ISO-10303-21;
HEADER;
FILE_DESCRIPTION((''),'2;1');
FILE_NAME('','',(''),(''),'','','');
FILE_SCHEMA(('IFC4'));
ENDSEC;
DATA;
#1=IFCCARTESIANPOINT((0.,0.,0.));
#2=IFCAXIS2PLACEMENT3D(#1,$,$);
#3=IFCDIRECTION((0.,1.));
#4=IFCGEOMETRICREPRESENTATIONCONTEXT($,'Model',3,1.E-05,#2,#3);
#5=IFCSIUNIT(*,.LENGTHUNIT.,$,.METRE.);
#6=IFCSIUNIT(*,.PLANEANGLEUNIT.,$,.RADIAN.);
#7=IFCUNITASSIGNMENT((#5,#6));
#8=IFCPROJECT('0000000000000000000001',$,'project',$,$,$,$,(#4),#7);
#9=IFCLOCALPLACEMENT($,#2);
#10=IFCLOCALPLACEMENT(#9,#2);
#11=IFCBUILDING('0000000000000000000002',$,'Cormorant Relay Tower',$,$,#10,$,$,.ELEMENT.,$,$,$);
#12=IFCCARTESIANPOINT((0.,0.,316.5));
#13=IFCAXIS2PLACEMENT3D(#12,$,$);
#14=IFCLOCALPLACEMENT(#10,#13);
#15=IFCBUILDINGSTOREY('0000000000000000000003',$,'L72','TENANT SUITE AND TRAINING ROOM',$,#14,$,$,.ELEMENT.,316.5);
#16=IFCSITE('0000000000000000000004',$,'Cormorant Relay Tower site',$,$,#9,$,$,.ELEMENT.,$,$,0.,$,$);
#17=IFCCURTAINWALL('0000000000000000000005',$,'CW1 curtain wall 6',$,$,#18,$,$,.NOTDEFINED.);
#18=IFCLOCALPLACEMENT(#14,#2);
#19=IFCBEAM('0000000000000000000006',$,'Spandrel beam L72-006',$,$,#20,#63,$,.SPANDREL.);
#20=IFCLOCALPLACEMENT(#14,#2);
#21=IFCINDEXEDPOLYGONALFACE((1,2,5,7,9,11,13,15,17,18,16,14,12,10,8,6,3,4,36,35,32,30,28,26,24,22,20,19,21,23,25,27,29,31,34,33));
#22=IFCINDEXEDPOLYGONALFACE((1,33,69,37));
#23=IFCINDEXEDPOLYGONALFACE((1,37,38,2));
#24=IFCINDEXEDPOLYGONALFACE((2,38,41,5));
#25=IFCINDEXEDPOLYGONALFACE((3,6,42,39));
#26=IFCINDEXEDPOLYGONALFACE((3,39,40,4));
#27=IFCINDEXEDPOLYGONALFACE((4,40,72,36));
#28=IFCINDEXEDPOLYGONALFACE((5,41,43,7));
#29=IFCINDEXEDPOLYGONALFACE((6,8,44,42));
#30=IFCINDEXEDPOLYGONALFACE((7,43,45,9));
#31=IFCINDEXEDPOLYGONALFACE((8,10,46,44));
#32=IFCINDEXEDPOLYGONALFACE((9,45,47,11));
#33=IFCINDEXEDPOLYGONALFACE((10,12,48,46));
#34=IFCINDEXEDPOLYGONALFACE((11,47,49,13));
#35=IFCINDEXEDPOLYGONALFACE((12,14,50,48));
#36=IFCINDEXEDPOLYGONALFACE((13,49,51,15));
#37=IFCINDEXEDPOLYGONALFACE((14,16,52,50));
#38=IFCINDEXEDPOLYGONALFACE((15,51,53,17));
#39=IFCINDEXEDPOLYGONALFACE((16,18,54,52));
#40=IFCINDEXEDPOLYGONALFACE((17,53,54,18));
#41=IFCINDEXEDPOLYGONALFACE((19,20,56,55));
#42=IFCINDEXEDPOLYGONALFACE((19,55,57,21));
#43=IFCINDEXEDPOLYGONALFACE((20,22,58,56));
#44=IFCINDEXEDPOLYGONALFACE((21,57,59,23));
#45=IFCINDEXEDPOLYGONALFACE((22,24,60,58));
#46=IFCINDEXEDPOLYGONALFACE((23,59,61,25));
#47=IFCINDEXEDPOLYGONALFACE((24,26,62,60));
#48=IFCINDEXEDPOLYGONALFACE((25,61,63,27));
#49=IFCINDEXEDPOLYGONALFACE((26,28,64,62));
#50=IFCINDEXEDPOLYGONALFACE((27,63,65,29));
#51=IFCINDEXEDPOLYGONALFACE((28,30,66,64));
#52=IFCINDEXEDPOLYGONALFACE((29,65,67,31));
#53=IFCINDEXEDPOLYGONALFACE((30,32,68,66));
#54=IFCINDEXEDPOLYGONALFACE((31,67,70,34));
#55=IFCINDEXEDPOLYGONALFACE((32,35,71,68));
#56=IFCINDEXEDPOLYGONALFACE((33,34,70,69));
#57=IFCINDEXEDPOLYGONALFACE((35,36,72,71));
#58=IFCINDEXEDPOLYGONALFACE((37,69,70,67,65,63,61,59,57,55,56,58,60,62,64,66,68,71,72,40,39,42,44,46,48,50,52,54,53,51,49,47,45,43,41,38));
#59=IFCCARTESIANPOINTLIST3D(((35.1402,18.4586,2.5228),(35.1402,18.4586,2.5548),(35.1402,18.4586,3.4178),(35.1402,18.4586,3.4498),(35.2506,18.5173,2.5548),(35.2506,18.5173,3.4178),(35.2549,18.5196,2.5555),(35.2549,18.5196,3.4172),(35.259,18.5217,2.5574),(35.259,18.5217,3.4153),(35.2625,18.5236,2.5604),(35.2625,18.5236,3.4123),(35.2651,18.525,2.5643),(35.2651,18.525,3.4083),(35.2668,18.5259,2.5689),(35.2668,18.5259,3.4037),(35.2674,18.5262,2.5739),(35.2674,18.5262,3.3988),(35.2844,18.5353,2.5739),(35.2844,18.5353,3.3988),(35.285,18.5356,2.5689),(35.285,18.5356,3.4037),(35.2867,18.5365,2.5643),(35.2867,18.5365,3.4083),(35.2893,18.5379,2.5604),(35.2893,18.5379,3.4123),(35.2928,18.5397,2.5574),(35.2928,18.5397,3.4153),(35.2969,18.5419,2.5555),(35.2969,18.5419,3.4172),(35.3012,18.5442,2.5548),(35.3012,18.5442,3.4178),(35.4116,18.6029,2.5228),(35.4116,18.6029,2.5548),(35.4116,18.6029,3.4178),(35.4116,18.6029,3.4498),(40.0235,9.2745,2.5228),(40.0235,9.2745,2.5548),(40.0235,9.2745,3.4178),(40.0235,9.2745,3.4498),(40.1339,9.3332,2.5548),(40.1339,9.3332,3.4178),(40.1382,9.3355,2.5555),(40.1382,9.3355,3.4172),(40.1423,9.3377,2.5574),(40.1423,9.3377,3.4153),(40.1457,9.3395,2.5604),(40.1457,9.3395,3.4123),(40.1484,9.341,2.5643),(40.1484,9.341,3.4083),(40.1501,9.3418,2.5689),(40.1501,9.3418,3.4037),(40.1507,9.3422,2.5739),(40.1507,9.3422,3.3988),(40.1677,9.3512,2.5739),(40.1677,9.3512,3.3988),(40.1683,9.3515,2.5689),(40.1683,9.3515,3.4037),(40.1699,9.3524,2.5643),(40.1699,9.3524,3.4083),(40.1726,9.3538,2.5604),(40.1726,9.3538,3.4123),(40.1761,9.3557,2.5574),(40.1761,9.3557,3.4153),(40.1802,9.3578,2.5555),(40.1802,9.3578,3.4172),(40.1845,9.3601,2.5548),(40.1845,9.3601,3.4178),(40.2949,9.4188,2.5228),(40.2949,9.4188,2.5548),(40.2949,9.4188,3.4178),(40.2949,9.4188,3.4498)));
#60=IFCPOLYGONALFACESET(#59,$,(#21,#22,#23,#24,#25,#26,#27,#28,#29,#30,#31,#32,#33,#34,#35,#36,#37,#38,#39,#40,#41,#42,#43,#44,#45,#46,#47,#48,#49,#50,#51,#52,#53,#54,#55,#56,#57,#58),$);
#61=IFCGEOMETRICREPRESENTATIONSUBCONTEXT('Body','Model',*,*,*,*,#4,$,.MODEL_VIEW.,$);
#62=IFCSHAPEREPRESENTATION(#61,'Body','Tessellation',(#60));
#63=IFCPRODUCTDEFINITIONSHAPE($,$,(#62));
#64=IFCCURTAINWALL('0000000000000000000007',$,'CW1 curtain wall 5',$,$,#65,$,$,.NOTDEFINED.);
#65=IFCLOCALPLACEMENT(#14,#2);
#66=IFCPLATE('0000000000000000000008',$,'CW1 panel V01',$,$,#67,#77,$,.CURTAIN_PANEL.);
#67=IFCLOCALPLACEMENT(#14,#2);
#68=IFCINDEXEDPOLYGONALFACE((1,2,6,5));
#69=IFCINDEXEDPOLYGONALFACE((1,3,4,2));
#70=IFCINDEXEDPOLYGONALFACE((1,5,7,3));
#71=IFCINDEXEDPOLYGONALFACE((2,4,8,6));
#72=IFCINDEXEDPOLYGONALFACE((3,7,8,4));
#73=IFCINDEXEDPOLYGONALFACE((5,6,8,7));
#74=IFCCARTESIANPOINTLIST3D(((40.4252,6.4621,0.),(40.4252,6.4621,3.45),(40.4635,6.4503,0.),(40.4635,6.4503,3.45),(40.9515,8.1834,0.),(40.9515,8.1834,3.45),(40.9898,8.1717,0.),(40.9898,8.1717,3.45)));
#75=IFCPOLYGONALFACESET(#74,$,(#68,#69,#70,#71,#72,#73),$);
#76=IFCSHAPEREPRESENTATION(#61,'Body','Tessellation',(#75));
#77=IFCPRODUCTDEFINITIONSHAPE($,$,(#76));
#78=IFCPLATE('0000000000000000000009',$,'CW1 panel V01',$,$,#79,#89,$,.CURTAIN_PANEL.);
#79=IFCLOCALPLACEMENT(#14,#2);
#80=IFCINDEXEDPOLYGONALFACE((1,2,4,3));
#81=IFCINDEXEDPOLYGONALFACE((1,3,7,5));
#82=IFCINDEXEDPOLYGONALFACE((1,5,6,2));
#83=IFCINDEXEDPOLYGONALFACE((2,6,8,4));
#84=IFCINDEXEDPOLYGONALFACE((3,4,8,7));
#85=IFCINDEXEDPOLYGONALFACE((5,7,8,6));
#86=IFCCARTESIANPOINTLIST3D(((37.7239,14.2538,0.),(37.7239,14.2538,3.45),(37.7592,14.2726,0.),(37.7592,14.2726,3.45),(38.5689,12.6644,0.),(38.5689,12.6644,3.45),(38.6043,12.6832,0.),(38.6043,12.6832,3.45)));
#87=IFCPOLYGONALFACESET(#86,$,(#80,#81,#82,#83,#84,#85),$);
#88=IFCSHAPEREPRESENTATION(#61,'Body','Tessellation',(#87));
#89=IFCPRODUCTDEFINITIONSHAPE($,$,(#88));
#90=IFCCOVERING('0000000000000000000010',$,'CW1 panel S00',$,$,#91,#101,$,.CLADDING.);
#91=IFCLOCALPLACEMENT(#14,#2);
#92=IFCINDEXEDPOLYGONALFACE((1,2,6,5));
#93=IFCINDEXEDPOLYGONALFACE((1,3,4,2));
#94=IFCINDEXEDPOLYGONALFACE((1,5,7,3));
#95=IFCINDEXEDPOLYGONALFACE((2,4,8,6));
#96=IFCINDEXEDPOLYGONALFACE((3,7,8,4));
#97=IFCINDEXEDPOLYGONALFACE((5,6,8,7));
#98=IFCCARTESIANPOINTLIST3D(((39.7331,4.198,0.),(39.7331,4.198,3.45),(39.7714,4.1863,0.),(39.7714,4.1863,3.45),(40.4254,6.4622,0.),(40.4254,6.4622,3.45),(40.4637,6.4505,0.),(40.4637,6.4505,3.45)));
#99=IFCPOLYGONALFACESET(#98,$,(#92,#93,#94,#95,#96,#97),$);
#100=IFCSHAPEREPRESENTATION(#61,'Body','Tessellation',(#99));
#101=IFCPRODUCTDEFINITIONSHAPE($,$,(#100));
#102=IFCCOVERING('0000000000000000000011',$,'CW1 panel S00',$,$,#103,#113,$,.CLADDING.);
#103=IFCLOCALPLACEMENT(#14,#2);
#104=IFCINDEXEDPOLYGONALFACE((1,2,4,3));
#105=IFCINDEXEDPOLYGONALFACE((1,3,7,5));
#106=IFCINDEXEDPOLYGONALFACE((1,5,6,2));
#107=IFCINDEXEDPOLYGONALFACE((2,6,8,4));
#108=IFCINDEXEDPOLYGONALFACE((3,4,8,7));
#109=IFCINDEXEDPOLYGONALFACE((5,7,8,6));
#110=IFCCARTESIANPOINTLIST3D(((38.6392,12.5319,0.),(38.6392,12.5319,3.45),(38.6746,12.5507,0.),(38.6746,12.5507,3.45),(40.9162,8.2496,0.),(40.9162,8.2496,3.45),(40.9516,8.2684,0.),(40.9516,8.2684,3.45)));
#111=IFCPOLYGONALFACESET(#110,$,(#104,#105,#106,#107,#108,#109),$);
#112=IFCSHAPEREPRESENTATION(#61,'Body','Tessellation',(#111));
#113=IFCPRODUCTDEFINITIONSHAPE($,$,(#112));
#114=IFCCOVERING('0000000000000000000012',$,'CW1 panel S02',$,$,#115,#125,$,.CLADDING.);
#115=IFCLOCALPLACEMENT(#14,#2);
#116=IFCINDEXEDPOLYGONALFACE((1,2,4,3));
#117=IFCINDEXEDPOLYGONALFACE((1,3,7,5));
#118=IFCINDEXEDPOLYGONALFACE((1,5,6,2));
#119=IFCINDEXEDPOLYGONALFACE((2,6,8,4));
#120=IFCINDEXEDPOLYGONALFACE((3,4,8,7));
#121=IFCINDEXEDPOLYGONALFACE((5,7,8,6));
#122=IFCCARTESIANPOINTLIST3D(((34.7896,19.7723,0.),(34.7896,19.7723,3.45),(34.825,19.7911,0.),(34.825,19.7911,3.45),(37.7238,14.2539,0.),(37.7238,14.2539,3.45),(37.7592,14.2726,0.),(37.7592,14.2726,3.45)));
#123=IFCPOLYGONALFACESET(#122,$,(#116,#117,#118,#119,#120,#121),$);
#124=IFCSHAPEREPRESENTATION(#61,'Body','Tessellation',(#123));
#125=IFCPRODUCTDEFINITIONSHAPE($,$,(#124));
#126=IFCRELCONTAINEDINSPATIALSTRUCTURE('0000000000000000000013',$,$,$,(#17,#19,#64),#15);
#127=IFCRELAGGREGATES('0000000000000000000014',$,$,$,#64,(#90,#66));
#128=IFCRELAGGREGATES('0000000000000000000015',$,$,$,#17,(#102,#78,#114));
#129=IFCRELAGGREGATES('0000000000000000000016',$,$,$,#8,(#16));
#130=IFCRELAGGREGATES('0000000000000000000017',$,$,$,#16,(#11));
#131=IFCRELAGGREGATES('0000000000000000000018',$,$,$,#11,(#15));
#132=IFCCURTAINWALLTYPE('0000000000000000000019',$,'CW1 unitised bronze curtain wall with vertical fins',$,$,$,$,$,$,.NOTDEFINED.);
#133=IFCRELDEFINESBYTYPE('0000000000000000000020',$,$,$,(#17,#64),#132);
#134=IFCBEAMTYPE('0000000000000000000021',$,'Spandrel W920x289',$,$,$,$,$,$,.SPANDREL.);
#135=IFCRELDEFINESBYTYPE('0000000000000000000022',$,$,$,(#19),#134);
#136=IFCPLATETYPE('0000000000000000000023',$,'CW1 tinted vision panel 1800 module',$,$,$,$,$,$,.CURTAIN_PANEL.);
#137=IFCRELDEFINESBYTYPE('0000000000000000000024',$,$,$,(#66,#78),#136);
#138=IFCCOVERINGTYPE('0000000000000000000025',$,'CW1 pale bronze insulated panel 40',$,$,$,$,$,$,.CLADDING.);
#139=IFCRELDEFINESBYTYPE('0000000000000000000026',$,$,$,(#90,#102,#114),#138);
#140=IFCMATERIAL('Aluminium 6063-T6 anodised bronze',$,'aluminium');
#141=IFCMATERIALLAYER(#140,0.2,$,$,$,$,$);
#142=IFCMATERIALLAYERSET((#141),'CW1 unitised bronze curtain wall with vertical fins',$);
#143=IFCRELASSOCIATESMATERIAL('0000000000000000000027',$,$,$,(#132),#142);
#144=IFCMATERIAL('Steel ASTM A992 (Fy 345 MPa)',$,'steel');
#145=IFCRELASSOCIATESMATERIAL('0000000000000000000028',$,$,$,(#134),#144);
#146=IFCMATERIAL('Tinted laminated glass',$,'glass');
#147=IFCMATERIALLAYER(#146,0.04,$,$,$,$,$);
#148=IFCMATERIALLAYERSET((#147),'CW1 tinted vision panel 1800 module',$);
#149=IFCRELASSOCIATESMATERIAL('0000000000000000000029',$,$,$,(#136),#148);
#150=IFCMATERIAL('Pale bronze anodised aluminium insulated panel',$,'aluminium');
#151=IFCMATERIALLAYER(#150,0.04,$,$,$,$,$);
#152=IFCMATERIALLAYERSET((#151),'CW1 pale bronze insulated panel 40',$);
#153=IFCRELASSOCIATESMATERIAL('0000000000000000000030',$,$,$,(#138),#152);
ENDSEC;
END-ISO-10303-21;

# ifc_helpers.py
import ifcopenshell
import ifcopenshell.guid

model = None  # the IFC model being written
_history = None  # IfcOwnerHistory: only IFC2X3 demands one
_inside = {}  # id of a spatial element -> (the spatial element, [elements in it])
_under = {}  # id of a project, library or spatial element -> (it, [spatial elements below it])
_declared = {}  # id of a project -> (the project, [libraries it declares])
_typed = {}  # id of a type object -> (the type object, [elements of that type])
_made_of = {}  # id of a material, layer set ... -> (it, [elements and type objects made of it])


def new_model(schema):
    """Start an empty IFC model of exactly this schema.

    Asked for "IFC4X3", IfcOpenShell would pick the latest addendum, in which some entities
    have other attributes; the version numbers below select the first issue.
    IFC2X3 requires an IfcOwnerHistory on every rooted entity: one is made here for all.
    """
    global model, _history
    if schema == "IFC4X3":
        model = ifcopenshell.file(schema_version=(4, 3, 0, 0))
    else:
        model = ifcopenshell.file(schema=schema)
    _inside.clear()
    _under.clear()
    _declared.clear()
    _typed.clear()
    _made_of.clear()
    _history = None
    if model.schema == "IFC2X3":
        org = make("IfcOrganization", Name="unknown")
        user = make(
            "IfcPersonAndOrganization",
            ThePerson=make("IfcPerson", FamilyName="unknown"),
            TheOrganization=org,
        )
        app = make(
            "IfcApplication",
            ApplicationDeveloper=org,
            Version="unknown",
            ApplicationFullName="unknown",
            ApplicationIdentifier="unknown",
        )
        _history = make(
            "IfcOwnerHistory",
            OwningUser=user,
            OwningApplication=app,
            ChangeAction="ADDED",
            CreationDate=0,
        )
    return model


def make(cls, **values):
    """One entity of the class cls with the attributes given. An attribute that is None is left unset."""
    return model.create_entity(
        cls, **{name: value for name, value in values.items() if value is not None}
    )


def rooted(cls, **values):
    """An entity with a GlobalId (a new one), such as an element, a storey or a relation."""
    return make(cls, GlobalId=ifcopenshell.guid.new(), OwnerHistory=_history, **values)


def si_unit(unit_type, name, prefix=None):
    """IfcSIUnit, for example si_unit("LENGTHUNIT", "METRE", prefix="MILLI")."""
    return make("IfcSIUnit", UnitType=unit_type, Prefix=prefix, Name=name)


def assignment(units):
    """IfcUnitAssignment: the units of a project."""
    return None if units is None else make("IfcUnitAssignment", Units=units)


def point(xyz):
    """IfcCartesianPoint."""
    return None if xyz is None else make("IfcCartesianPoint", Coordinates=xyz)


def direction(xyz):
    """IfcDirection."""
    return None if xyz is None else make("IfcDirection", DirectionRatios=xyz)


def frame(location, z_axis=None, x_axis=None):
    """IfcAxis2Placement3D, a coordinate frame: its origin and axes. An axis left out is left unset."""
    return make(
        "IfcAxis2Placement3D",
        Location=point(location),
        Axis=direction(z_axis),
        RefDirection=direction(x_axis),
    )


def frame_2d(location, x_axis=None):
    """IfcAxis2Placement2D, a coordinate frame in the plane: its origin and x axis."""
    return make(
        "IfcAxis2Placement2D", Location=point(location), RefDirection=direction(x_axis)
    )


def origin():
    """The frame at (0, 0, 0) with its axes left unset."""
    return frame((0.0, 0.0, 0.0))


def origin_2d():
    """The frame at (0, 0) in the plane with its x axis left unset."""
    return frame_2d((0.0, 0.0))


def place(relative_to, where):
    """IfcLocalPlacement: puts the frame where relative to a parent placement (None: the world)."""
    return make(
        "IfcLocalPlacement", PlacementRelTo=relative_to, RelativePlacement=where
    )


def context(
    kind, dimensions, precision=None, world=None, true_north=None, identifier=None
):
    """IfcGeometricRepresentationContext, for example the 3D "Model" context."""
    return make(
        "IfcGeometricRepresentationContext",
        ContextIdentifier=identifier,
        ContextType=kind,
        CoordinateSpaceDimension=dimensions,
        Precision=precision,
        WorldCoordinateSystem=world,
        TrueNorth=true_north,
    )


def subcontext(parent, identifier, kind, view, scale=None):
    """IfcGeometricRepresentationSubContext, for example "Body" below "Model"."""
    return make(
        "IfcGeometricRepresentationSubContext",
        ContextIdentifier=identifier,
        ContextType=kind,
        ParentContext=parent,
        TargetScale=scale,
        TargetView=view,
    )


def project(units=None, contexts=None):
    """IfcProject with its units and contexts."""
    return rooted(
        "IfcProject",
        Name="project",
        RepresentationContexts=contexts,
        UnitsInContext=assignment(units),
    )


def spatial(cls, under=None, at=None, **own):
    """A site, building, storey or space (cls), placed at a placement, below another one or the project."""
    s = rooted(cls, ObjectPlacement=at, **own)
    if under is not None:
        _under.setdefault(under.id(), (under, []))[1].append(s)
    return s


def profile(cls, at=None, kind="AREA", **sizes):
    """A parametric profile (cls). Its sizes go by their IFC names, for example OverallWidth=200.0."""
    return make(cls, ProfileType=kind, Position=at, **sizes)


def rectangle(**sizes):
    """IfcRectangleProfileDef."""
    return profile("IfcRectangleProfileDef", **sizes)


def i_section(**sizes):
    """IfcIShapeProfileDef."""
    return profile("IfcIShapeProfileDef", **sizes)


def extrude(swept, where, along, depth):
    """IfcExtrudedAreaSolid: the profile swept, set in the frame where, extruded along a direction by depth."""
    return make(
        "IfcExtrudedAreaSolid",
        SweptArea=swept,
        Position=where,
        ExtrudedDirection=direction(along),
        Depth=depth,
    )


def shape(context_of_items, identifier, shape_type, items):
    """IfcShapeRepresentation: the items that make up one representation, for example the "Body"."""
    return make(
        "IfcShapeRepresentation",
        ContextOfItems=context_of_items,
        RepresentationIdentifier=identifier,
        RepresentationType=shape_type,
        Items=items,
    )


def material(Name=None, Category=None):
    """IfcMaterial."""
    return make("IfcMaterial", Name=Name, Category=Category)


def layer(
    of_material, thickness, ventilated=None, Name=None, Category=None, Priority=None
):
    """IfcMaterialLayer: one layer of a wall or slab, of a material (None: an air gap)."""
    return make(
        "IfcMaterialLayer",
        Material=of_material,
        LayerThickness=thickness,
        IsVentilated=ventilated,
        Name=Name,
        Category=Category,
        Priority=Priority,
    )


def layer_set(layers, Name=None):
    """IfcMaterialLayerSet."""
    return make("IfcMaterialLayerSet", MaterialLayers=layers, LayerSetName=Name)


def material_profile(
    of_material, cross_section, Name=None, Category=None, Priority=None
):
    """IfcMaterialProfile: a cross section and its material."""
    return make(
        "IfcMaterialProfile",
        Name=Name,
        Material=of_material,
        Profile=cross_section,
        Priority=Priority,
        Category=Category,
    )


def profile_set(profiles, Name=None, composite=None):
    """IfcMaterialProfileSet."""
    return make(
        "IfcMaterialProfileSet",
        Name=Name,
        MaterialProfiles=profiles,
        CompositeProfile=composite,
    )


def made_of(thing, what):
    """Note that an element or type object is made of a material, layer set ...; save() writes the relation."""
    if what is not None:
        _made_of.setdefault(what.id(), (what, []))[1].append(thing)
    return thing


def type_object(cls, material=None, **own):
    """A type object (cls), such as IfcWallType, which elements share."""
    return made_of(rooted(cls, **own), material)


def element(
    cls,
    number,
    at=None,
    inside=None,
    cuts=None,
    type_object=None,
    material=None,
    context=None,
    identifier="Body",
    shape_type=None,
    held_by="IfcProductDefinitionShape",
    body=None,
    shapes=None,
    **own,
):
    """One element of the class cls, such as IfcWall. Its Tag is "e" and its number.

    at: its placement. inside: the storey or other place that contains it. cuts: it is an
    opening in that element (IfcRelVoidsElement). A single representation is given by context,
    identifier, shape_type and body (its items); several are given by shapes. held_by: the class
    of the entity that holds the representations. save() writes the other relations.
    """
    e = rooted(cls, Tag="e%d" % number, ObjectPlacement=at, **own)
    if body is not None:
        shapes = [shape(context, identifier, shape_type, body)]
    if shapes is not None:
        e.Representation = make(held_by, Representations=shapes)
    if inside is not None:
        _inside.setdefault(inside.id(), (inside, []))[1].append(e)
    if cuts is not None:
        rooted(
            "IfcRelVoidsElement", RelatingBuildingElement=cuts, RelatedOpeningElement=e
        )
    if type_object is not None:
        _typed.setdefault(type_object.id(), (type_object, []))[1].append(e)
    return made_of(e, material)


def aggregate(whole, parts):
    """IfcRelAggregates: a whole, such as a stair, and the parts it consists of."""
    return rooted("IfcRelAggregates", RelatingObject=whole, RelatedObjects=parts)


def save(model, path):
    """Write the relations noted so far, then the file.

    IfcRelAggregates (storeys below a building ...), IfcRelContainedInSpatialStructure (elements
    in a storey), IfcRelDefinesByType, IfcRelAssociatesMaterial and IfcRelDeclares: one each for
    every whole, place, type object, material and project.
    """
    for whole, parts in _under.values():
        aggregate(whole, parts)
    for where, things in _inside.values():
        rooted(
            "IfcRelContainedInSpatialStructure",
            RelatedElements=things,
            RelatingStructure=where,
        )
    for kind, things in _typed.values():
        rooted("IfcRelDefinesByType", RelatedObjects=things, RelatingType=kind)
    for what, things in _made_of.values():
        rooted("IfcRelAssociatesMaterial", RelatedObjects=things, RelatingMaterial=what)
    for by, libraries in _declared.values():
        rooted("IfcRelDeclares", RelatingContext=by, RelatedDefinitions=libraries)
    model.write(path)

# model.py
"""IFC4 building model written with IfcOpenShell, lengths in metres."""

from ifc_helpers import new_model, si_unit, direction, frame, origin, origin_2d, place, context, subcontext, project, spatial, rectangle, i_section, extrude, material, layer, layer_set, material_profile, profile_set, type_object, element, aggregate, save


model = new_model("IFC4")

# Units and contexts
model_context = context("Model", 3, precision=1e-05, world=origin(), true_north=direction((0.0, 1.0)))
body_context = subcontext(model_context, "Body", "Model", "MODEL_VIEW")
ifc_project = project(units=[si_unit("LENGTHUNIT", "METRE"), si_unit("PLANEANGLEUNIT", "RADIAN")], contexts=[model_context])

# Site, building, storey
site_placement = place(None, origin())
site = spatial("IfcSite", under=ifc_project, at=site_placement, Name="Cormorant Relay Tower site", CompositionType="ELEMENT", RefElevation=0.0)
building_placement = place(site_placement, origin())
building = spatial("IfcBuilding", under=site, at=building_placement, Name="Cormorant Relay Tower", CompositionType="ELEMENT")
storey_placement = place(building_placement, frame((0.0, 0.0, 316.5)))
storey = spatial("IfcBuildingStorey", under=building, at=storey_placement, Name="L72", Description="TENANT SUITE AND TRAINING ROOM", CompositionType="ELEMENT", Elevation=316.5)

# Curtain wall
ifc_material_1 = material(Name="Aluminium 6063-T6 anodised bronze", Category="aluminium")
ifc_layer_1 = layer(ifc_material_1, 0.2)
ifc_layer_set_1 = layer_set([ifc_layer_1], Name="CW1 unitised bronze curtain wall with vertical fins")
curtain_wall_type = type_object("IfcCurtainWallType", Name="CW1 unitised bronze curtain wall with vertical fins", PredefinedType="NOTDEFINED", material=ifc_layer_set_1)
curtain_wall_1_placement = place(storey_placement, origin())
curtain_wall_1 = element("IfcCurtainWall", 1, at=curtain_wall_1_placement, inside=storey, type_object=curtain_wall_type, Name="CW1 curtain wall 6", PredefinedType="NOTDEFINED")

# Beam
ifc_material_2 = material(Name="Steel ASTM A992 (Fy 345 MPa)", Category="steel")
ifc_material_profile_1 = material_profile(ifc_material_2, i_section(OverallWidth=0.3074, OverallDepth=0.927, WebThickness=0.0193, FlangeThickness=0.032, FilletRadius=0.019, at=origin_2d()), Name="W920x289")
ifc_profile_set_1 = profile_set([ifc_material_profile_1], Name="Steel ASTM A992 (Fy 345 MPa)")
beam_type = type_object("IfcBeamType", Name="Spandrel W920x289", PredefinedType="SPANDREL", material=ifc_profile_set_1)
beam_placement = place(storey_placement, frame((40.1592, 9.3467, 2.9863), z_axis=(-0.469474, 0.882946, 0.0), x_axis=(-0.882946, -0.469474, 0.0)))
element("IfcBeam", 2, at=beam_placement, inside=storey, type_object=beam_type, Name="Spandrel beam L72-006", PredefinedType="SPANDREL", context=body_context, shape_type="SweptSolid", body=[
    extrude(i_section(OverallWidth=0.3074, OverallDepth=0.927, WebThickness=0.0193, FlangeThickness=0.032, FilletRadius=0.019, at=origin_2d()), origin(), (0.0, 0.0, 1.0), 10.4016),
])

# Curtain wall, plate
curtain_wall_2_placement = place(storey_placement, origin())
curtain_wall_2 = element("IfcCurtainWall", 3, at=curtain_wall_2_placement, inside=storey, type_object=curtain_wall_type, Name="CW1 curtain wall 5", PredefinedType="NOTDEFINED")
ifc_material_3 = material(Name="Tinted laminated glass", Category="glass")
ifc_layer_2 = layer(ifc_material_3, 0.04)
ifc_layer_set_2 = layer_set([ifc_layer_2], Name="CW1 tinted vision panel 1800 module")
plate_type = type_object("IfcPlateType", Name="CW1 tinted vision panel 1800 module", PredefinedType="CURTAIN_PANEL", material=ifc_layer_set_2)
plate_1_placement = place(storey_placement, frame((40.7075, 7.3169, 0.0), z_axis=(0.0, 0.0, 1.0), x_axis=(0.292372, 0.956305, 0.0)))
plate_1 = element("IfcPlate", 4, at=plate_1_placement, type_object=plate_type, Name="CW1 panel V01", PredefinedType="CURTAIN_PANEL", context=body_context, shape_type="SweptSolid", body=[
    extrude(rectangle(XDim=1.8, YDim=0.04, at=origin_2d()), origin(), (0.0, 0.0, 1.0), 3.45),
])

# Plate
plate_2_placement = place(storey_placement, frame((38.1641, 13.4685, 0.0), z_axis=(0.0, 0.0, 1.0), x_axis=(-0.469472, 0.882948, 0.0)))
plate_2 = element("IfcPlate", 5, at=plate_2_placement, type_object=plate_type, Name="CW1 panel V01", PredefinedType="CURTAIN_PANEL", context=body_context, shape_type="SweptSolid", body=[
    extrude(rectangle(XDim=1.8, YDim=0.04, at=origin_2d()), origin(), (0.0, 0.0, 1.0), 3.45),
])

# Coverings
ifc_material_4 = material(Name="Pale bronze anodised aluminium insulated panel", Category="aluminium")
ifc_layer_3 = layer(ifc_material_4, 0.04)
ifc_layer_set_3 = layer_set([ifc_layer_3], Name="CW1 pale bronze insulated panel 40")
covering_type = type_object("IfcCoveringType", Name="CW1 pale bronze insulated panel 40", PredefinedType="CLADDING", material=ifc_layer_set_3)
covering_1_placement = place(storey_placement, frame((40.0984, 5.3242, 0.0), z_axis=(0.0, 0.0, 1.0), x_axis=(0.292372, 0.956305, 0.0)))
covering_1 = element("IfcCovering", 6, at=covering_1_placement, type_object=covering_type, Name="CW1 panel S00", PredefinedType="CLADDING", context=body_context, shape_type="SweptSolid", body=[
    extrude(rectangle(XDim=2.3677, YDim=0.04, at=origin_2d()), origin(), (0.0, 0.0, 1.0), 3.45),
])
aggregate(curtain_wall_2, [covering_1, plate_1])
covering_2_placement = place(storey_placement, frame((39.7954, 10.4001, 0.0), z_axis=(0.0, 0.0, 1.0), x_axis=(-0.469472, 0.882948, 0.0)))
covering_2 = element("IfcCovering", 7, at=covering_2_placement, type_object=covering_type, Name="CW1 panel S00", PredefinedType="CLADDING", context=body_context, shape_type="SweptSolid", body=[
    extrude(rectangle(XDim=4.8501, YDim=0.04, at=origin_2d()), origin(), (0.0, 0.0, 1.0), 3.45),
])
covering_3_placement = place(storey_placement, frame((36.2744, 17.0225, 0.0), z_axis=(0.0, 0.0, 1.0), x_axis=(-0.469472, 0.882948, 0.0)))
covering_3 = element("IfcCovering", 8, at=covering_3_placement, type_object=covering_type, Name="CW1 panel S02", PredefinedType="CLADDING", context=body_context, shape_type="SweptSolid", body=[
    extrude(rectangle(XDim=6.25, YDim=0.04, at=origin_2d()), origin(), (0.0, 0.0, 1.0), 3.45),
])
aggregate(curtain_wall_1, [covering_2, plate_2, covering_3])

save(model, "model.ifc")
